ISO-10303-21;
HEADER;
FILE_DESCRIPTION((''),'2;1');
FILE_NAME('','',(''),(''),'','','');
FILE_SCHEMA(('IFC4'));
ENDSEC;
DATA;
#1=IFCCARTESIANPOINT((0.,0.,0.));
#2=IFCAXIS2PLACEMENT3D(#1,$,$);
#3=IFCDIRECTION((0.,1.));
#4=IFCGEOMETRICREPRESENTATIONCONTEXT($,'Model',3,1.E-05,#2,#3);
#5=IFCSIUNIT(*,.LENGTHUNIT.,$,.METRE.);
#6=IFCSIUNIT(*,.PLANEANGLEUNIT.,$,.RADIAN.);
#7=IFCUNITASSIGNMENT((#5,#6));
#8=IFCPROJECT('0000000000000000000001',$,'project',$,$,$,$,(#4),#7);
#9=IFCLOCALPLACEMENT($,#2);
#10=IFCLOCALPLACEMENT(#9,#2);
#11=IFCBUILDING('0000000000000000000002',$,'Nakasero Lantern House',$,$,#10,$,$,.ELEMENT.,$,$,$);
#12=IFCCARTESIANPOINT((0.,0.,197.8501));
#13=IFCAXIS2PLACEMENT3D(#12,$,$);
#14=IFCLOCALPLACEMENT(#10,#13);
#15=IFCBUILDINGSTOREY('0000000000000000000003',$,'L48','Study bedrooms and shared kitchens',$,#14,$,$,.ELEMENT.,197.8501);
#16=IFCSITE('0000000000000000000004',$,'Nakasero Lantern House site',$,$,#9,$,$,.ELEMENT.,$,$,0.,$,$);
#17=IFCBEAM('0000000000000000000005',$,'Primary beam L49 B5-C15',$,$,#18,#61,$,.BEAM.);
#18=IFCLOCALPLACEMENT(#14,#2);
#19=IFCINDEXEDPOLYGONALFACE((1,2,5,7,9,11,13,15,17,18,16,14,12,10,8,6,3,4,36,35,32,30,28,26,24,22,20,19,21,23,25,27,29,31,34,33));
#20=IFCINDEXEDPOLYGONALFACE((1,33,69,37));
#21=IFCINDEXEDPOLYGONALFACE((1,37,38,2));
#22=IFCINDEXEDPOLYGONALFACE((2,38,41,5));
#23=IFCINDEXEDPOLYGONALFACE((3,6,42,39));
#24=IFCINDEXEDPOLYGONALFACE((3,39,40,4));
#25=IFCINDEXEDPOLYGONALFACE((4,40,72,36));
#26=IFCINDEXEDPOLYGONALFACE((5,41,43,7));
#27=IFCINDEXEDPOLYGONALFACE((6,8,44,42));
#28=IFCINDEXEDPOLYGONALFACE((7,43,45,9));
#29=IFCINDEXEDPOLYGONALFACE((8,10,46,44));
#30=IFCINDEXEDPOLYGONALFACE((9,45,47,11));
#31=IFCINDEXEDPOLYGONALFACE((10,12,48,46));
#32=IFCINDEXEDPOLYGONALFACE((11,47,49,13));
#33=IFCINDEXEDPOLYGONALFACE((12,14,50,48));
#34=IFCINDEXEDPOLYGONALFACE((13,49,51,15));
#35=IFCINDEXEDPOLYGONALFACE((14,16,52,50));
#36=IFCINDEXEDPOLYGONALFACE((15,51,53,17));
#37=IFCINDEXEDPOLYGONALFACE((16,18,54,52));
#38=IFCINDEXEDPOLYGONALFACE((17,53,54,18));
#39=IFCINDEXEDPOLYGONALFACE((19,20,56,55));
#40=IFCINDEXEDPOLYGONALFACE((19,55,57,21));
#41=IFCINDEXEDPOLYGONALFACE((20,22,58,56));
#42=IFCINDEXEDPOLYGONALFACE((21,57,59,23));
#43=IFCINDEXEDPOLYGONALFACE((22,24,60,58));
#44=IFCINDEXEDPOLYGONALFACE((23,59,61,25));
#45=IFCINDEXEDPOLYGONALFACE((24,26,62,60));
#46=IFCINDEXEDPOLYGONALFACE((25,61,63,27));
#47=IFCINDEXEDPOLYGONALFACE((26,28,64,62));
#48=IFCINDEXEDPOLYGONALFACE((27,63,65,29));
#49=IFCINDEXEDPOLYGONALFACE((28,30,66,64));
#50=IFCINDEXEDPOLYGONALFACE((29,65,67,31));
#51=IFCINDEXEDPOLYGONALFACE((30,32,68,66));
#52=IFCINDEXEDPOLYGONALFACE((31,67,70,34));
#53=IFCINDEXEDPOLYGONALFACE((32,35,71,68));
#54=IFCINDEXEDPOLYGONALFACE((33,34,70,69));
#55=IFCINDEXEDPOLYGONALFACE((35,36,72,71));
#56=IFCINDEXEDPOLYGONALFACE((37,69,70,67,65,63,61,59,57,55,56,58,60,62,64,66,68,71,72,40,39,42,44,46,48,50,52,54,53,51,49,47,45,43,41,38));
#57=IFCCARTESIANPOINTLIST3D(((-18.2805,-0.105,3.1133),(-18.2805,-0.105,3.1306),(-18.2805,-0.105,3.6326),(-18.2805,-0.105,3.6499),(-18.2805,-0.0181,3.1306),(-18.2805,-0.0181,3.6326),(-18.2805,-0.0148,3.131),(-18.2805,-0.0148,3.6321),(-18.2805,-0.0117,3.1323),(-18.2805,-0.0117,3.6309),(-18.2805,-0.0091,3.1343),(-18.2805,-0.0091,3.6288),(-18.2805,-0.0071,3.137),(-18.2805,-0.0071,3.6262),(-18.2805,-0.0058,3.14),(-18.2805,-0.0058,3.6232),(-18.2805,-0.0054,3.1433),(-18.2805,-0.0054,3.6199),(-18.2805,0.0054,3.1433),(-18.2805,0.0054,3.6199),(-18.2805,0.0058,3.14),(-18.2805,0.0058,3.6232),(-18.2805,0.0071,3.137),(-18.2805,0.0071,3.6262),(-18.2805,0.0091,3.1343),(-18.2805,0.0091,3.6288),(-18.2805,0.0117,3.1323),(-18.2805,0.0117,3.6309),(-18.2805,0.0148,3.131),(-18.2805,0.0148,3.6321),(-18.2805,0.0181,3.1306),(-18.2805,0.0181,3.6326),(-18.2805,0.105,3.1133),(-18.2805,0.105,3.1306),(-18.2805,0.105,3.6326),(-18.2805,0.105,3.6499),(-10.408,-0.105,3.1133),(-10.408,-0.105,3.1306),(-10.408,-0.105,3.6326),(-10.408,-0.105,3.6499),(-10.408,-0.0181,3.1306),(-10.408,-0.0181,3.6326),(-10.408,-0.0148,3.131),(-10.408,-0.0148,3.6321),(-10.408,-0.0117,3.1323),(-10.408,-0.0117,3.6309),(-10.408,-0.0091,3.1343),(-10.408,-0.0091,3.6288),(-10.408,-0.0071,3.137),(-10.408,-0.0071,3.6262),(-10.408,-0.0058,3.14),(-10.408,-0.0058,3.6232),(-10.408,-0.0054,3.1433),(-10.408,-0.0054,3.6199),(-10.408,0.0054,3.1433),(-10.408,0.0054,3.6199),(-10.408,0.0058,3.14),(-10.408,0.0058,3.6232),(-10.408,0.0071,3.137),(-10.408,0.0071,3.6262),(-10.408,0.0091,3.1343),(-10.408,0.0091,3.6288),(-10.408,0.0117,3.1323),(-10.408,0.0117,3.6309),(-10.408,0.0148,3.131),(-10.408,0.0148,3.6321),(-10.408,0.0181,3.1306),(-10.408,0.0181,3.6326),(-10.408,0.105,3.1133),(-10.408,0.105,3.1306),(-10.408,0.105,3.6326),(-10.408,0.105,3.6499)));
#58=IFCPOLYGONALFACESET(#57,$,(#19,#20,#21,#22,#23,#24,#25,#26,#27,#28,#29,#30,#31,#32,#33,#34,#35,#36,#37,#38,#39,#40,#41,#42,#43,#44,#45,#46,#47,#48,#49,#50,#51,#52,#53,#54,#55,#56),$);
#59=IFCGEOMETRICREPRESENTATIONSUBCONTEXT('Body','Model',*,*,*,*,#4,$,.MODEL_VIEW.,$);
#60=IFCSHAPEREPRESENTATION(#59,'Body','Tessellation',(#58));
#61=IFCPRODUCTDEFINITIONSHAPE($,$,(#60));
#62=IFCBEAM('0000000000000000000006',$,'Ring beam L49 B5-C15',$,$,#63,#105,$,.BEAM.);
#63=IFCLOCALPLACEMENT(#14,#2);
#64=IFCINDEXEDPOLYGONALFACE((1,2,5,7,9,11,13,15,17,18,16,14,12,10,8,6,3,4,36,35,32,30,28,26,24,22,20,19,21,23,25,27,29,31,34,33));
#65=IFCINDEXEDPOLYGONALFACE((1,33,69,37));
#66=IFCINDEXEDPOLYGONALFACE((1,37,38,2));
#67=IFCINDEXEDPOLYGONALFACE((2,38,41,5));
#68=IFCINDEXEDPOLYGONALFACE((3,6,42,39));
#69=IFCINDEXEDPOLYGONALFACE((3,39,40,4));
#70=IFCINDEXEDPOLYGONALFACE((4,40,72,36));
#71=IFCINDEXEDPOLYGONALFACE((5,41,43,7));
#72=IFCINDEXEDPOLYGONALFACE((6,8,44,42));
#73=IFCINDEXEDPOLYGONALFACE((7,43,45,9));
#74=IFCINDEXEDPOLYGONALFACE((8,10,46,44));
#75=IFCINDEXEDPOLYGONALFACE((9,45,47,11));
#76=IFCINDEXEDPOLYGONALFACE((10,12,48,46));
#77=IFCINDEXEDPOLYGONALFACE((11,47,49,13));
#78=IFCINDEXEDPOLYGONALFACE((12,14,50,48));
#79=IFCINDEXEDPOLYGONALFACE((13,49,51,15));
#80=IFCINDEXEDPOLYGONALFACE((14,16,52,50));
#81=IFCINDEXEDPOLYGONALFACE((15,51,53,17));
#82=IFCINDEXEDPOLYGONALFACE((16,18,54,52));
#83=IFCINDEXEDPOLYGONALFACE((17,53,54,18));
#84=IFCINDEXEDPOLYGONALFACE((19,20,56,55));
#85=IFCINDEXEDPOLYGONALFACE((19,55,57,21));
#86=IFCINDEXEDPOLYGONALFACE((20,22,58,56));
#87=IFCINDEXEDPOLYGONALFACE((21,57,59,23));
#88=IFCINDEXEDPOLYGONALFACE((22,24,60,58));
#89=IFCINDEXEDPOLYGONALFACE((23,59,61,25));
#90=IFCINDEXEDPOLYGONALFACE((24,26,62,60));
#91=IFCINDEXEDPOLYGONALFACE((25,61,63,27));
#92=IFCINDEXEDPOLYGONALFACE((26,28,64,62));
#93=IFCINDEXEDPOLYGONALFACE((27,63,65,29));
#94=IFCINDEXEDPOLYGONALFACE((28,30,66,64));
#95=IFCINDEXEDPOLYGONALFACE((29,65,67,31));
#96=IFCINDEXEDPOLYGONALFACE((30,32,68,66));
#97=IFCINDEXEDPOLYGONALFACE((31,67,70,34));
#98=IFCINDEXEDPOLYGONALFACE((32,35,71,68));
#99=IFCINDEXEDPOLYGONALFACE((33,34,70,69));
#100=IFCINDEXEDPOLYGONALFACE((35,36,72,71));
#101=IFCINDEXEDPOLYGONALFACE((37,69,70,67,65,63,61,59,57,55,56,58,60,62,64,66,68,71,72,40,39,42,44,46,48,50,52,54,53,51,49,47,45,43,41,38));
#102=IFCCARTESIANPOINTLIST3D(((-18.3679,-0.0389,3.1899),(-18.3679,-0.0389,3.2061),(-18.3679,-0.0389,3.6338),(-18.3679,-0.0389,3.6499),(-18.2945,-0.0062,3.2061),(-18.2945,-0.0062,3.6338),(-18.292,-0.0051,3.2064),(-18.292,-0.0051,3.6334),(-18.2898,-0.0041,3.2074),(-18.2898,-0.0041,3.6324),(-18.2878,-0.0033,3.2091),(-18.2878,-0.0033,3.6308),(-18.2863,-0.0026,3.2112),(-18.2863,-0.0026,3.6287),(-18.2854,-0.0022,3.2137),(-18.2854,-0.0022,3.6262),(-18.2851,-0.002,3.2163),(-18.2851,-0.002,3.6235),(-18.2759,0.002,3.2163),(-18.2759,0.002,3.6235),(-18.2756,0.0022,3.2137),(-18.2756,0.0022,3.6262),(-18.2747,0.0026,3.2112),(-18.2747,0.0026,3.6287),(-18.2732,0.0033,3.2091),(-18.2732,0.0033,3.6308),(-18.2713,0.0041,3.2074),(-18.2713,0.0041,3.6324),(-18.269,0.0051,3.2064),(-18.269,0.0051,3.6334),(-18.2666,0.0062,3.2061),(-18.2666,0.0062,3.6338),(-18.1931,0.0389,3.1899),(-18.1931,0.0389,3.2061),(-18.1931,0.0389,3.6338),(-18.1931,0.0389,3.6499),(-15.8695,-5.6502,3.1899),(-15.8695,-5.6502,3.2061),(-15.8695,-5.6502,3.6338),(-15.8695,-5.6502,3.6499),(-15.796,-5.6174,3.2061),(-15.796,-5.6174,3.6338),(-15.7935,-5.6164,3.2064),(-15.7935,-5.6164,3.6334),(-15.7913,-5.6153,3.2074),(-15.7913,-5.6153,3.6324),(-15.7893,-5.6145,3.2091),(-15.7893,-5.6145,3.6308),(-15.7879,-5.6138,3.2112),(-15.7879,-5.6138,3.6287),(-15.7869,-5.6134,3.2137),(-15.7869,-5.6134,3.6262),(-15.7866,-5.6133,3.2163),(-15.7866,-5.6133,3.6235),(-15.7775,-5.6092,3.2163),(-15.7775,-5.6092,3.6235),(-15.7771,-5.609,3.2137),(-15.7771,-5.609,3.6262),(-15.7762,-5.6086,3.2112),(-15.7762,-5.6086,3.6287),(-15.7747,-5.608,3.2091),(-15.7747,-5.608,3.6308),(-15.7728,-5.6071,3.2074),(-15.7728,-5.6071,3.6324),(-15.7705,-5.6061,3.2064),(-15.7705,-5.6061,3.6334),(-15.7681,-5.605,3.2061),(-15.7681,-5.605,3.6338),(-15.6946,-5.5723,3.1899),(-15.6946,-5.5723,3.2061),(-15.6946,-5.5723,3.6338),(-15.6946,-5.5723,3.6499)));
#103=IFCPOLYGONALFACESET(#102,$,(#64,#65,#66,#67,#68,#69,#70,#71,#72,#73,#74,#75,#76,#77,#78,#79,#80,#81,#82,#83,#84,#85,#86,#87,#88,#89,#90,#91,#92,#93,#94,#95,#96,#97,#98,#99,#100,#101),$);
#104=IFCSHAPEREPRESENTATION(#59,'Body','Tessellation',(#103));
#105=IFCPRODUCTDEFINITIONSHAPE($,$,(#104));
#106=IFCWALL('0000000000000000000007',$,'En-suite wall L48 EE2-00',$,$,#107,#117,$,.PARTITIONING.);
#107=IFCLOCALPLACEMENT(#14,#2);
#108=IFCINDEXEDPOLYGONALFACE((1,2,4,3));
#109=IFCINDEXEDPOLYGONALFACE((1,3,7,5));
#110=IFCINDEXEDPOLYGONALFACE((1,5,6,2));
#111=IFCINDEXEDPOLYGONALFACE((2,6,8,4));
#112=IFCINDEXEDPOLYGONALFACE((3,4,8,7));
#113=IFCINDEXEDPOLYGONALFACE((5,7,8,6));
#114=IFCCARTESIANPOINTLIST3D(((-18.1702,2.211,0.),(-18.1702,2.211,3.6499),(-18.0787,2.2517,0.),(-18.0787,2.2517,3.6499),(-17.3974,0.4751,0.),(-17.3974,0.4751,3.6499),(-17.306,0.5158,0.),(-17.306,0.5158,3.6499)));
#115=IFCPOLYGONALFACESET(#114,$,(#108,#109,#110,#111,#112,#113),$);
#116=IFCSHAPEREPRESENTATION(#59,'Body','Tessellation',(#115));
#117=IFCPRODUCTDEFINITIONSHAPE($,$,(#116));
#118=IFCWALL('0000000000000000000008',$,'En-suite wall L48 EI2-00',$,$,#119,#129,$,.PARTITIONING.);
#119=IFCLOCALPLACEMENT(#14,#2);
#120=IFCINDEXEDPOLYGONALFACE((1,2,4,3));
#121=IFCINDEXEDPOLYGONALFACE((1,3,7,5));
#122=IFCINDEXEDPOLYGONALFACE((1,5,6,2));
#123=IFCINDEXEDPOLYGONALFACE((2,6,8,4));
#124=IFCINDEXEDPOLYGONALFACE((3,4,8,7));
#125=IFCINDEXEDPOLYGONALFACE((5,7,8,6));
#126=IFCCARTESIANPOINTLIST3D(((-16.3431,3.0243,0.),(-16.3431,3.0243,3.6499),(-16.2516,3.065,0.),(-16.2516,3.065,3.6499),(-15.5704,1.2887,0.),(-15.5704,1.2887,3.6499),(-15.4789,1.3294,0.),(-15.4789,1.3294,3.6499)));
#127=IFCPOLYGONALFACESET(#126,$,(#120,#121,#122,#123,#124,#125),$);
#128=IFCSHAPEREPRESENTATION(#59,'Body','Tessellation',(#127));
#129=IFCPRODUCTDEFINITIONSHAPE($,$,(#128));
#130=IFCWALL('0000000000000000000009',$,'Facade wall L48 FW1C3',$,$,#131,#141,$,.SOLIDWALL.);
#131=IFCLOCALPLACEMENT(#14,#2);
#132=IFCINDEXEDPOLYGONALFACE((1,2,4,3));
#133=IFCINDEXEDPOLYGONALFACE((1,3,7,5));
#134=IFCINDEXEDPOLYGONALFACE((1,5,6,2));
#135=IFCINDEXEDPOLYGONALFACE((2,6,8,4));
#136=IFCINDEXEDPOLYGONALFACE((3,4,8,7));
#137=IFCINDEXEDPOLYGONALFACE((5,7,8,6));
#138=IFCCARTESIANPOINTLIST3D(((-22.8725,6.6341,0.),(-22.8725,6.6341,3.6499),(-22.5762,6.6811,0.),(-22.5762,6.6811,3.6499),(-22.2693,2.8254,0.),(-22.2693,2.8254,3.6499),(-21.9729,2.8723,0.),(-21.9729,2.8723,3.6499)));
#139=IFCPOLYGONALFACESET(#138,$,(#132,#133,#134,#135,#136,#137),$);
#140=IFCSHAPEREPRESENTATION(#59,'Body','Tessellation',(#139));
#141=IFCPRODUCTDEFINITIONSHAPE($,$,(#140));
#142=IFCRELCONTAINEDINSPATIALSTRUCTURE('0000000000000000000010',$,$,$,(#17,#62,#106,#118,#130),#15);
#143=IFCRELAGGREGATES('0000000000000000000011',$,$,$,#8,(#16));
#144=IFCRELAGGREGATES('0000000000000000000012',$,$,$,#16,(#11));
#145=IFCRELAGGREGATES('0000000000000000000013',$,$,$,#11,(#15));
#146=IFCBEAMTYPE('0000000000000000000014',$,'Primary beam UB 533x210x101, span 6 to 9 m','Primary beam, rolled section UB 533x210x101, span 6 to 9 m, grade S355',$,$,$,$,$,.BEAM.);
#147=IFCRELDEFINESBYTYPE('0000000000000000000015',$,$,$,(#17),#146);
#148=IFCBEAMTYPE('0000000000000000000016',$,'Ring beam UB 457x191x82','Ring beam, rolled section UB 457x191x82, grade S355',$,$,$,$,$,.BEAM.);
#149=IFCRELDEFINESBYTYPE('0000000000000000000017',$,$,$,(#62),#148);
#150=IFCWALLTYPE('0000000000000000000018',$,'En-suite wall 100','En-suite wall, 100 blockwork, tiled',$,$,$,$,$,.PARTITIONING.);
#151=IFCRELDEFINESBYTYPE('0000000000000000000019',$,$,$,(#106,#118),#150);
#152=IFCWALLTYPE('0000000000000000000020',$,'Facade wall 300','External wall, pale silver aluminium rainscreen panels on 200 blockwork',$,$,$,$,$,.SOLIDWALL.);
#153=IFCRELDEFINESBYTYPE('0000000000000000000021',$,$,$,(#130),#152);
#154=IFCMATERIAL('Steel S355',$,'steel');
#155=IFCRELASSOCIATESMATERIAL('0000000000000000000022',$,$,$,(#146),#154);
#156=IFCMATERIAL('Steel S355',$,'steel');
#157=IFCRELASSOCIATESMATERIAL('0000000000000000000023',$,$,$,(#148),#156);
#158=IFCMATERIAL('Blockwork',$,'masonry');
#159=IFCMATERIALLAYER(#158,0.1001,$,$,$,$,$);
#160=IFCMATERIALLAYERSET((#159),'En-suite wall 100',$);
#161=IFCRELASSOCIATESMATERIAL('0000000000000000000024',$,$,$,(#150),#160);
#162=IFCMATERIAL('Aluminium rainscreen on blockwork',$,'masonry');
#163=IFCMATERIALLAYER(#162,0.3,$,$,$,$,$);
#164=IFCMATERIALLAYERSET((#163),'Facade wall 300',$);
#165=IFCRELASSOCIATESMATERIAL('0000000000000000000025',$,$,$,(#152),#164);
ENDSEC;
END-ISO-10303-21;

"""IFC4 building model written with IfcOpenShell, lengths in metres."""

from ifc_helpers import new_model, si_unit, direction, frame, frame_2d, origin, origin_2d, place, context, subcontext, project, spatial, rectangle, i_section, extrude, material, layer, layer_set, material_profile, profile_set, type_object, element, save


model = new_model("IFC4")

# Units and contexts
model_context = context("Model", 3, precision=1e-05, world=origin(), true_north=direction((0.0, 1.0)))
body_context = subcontext(model_context, "Body", "Model", "MODEL_VIEW")
ifc_project = project(units=[si_unit("LENGTHUNIT", "METRE"), si_unit("PLANEANGLEUNIT", "RADIAN")], contexts=[model_context])

# Site, building, storey
site_placement = place(None, origin())
site = spatial("IfcSite", under=ifc_project, at=site_placement, Name="Nakasero Lantern House site", CompositionType="ELEMENT", RefElevation=0.0)
building_placement = place(site_placement, origin())
building = spatial("IfcBuilding", under=site, at=building_placement, Name="Nakasero Lantern House", CompositionType="ELEMENT")
storey_placement = place(building_placement, frame((0.0, 0.0, 197.8501)))
storey = spatial("IfcBuildingStorey", under=building, at=storey_placement, Name="L48", Description="Study bedrooms and shared kitchens", CompositionType="ELEMENT", Elevation=197.8501)

# Beams
ifc_material_1 = material(Name="Steel S355", Category="steel")
ifc_material_profile_1 = material_profile(ifc_material_1, i_section(OverallWidth=0.21, OverallDepth=0.5366, WebThickness=0.0107, FlangeThickness=0.0173, FilletRadius=0.0127, at=origin_2d()), Name="UB 533x210x101")
ifc_profile_set_1 = profile_set([ifc_material_profile_1], Name="Steel S355")
beam_type_1 = type_object("IfcBeamType", Name="Primary beam UB 533x210x101, span 6 to 9 m", Description="Primary beam, rolled section UB 533x210x101, span 6 to 9 m, grade S355", PredefinedType="BEAM", material=ifc_profile_set_1)
beam_1_placement = place(storey_placement, frame((-18.2805, 0.0, 3.3816), z_axis=(1.0, 0.0, 0.0), x_axis=(0.0, 1.0, 0.0)))
element("IfcBeam", 1, at=beam_1_placement, inside=storey, type_object=beam_type_1, Name="Primary beam L49 B5-C15", PredefinedType="BEAM", context=body_context, shape_type="SweptSolid", body=[
    extrude(i_section(OverallWidth=0.21, OverallDepth=0.5366, WebThickness=0.0107, FlangeThickness=0.0173, FilletRadius=0.0127, at=origin_2d()), origin(), (0.0, 0.0, 1.0), 7.8726),
])
ifc_material_2 = material(Name="Steel S355", Category="steel")
ifc_material_profile_2 = material_profile(ifc_material_2, i_section(OverallWidth=0.1914, OverallDepth=0.46, WebThickness=0.01, FlangeThickness=0.0161, FilletRadius=0.0103, at=origin_2d()), Name="UB 457x191x82")
ifc_profile_set_2 = profile_set([ifc_material_profile_2], Name="Steel S355")
beam_type_2 = type_object("IfcBeamType", Name="Ring beam UB 457x191x82", Description="Ring beam, rolled section UB 457x191x82, grade S355", PredefinedType="BEAM", material=ifc_profile_set_2)
beam_2_placement = place(storey_placement, frame((-18.2805, 0.0, 3.4199), z_axis=(0.406765, -0.913533, 0.0), x_axis=(0.913533, 0.406765, 0.0)))
element("IfcBeam", 2, at=beam_2_placement, inside=storey, type_object=beam_type_2, Name="Ring beam L49 B5-C15", PredefinedType="BEAM", context=body_context, shape_type="SweptSolid", body=[
    extrude(i_section(OverallWidth=0.1914, OverallDepth=0.46, WebThickness=0.01, FlangeThickness=0.0161, FilletRadius=0.0103, at=origin_2d()), origin(), (0.0, 0.0, 1.0), 6.1423),
])

# Walls
ifc_material_3 = material(Name="Blockwork", Category="masonry")
ifc_layer_1 = layer(ifc_material_3, 0.1001)
ifc_layer_set_1 = layer_set([ifc_layer_1], Name="En-suite wall 100")
wall_type_1 = type_object("IfcWallType", Name="En-suite wall 100", Description="En-suite wall, 100 blockwork, tiled", PredefinedType="PARTITIONING", material=ifc_layer_set_1)
wall_1_placement = place(storey_placement, frame((-18.1245, 2.2314, 0.0), z_axis=(0.0, 0.0, 1.0), x_axis=(0.406675, -0.913573, 0.0)))
element("IfcWall", 3, at=wall_1_placement, inside=storey, type_object=wall_type_1, Name="En-suite wall L48 EE2-00", PredefinedType="PARTITIONING", context=body_context, shape_type="SweptSolid", body=[
    extrude(rectangle(XDim=1.9001, YDim=0.1001, at=frame_2d((0.9502, 0.0))), origin(), (0.0, 0.0, 1.0), 3.6499),
])
wall_2_placement = place(storey_placement, frame((-16.2974, 3.0447, 0.0), z_axis=(0.0, 0.0, 1.0), x_axis=(0.406723, -0.913552, 0.0)))
element("IfcWall", 4, at=wall_2_placement, inside=storey, type_object=wall_type_1, Name="En-suite wall L48 EI2-00", PredefinedType="PARTITIONING", context=body_context, shape_type="SweptSolid", body=[
    extrude(rectangle(XDim=1.8999, YDim=0.1001, at=frame_2d((0.95, 0.0))), origin(), (0.0, 0.0, 1.0), 3.6499),
])
ifc_material_4 = material(Name="Aluminium rainscreen on blockwork", Category="masonry")
ifc_layer_2 = layer(ifc_material_4, 0.3)
ifc_layer_set_2 = layer_set([ifc_layer_2], Name="Facade wall 300")
wall_type_2 = type_object("IfcWallType", Name="Facade wall 300", Description="External wall, pale silver aluminium rainscreen panels on 200 blockwork", PredefinedType="SOLIDWALL", material=ifc_layer_set_2)
wall_3_placement = place(storey_placement, frame((-22.7244, 6.6577, 0.0), z_axis=(0.0, 0.0, 1.0), x_axis=(0.156437, -0.987688, 0.0)))
element("IfcWall", 5, at=wall_3_placement, inside=storey, type_object=wall_type_2, Name="Facade wall L48 FW1C3", PredefinedType="SOLIDWALL", context=body_context, shape_type="SweptSolid", body=[
    extrude(rectangle(XDim=3.8562, YDim=0.3, at=frame_2d((1.9282, 0.0))), origin(), (0.0, 0.0, 1.0), 3.6499),
])

save(model, "model.ifc")
